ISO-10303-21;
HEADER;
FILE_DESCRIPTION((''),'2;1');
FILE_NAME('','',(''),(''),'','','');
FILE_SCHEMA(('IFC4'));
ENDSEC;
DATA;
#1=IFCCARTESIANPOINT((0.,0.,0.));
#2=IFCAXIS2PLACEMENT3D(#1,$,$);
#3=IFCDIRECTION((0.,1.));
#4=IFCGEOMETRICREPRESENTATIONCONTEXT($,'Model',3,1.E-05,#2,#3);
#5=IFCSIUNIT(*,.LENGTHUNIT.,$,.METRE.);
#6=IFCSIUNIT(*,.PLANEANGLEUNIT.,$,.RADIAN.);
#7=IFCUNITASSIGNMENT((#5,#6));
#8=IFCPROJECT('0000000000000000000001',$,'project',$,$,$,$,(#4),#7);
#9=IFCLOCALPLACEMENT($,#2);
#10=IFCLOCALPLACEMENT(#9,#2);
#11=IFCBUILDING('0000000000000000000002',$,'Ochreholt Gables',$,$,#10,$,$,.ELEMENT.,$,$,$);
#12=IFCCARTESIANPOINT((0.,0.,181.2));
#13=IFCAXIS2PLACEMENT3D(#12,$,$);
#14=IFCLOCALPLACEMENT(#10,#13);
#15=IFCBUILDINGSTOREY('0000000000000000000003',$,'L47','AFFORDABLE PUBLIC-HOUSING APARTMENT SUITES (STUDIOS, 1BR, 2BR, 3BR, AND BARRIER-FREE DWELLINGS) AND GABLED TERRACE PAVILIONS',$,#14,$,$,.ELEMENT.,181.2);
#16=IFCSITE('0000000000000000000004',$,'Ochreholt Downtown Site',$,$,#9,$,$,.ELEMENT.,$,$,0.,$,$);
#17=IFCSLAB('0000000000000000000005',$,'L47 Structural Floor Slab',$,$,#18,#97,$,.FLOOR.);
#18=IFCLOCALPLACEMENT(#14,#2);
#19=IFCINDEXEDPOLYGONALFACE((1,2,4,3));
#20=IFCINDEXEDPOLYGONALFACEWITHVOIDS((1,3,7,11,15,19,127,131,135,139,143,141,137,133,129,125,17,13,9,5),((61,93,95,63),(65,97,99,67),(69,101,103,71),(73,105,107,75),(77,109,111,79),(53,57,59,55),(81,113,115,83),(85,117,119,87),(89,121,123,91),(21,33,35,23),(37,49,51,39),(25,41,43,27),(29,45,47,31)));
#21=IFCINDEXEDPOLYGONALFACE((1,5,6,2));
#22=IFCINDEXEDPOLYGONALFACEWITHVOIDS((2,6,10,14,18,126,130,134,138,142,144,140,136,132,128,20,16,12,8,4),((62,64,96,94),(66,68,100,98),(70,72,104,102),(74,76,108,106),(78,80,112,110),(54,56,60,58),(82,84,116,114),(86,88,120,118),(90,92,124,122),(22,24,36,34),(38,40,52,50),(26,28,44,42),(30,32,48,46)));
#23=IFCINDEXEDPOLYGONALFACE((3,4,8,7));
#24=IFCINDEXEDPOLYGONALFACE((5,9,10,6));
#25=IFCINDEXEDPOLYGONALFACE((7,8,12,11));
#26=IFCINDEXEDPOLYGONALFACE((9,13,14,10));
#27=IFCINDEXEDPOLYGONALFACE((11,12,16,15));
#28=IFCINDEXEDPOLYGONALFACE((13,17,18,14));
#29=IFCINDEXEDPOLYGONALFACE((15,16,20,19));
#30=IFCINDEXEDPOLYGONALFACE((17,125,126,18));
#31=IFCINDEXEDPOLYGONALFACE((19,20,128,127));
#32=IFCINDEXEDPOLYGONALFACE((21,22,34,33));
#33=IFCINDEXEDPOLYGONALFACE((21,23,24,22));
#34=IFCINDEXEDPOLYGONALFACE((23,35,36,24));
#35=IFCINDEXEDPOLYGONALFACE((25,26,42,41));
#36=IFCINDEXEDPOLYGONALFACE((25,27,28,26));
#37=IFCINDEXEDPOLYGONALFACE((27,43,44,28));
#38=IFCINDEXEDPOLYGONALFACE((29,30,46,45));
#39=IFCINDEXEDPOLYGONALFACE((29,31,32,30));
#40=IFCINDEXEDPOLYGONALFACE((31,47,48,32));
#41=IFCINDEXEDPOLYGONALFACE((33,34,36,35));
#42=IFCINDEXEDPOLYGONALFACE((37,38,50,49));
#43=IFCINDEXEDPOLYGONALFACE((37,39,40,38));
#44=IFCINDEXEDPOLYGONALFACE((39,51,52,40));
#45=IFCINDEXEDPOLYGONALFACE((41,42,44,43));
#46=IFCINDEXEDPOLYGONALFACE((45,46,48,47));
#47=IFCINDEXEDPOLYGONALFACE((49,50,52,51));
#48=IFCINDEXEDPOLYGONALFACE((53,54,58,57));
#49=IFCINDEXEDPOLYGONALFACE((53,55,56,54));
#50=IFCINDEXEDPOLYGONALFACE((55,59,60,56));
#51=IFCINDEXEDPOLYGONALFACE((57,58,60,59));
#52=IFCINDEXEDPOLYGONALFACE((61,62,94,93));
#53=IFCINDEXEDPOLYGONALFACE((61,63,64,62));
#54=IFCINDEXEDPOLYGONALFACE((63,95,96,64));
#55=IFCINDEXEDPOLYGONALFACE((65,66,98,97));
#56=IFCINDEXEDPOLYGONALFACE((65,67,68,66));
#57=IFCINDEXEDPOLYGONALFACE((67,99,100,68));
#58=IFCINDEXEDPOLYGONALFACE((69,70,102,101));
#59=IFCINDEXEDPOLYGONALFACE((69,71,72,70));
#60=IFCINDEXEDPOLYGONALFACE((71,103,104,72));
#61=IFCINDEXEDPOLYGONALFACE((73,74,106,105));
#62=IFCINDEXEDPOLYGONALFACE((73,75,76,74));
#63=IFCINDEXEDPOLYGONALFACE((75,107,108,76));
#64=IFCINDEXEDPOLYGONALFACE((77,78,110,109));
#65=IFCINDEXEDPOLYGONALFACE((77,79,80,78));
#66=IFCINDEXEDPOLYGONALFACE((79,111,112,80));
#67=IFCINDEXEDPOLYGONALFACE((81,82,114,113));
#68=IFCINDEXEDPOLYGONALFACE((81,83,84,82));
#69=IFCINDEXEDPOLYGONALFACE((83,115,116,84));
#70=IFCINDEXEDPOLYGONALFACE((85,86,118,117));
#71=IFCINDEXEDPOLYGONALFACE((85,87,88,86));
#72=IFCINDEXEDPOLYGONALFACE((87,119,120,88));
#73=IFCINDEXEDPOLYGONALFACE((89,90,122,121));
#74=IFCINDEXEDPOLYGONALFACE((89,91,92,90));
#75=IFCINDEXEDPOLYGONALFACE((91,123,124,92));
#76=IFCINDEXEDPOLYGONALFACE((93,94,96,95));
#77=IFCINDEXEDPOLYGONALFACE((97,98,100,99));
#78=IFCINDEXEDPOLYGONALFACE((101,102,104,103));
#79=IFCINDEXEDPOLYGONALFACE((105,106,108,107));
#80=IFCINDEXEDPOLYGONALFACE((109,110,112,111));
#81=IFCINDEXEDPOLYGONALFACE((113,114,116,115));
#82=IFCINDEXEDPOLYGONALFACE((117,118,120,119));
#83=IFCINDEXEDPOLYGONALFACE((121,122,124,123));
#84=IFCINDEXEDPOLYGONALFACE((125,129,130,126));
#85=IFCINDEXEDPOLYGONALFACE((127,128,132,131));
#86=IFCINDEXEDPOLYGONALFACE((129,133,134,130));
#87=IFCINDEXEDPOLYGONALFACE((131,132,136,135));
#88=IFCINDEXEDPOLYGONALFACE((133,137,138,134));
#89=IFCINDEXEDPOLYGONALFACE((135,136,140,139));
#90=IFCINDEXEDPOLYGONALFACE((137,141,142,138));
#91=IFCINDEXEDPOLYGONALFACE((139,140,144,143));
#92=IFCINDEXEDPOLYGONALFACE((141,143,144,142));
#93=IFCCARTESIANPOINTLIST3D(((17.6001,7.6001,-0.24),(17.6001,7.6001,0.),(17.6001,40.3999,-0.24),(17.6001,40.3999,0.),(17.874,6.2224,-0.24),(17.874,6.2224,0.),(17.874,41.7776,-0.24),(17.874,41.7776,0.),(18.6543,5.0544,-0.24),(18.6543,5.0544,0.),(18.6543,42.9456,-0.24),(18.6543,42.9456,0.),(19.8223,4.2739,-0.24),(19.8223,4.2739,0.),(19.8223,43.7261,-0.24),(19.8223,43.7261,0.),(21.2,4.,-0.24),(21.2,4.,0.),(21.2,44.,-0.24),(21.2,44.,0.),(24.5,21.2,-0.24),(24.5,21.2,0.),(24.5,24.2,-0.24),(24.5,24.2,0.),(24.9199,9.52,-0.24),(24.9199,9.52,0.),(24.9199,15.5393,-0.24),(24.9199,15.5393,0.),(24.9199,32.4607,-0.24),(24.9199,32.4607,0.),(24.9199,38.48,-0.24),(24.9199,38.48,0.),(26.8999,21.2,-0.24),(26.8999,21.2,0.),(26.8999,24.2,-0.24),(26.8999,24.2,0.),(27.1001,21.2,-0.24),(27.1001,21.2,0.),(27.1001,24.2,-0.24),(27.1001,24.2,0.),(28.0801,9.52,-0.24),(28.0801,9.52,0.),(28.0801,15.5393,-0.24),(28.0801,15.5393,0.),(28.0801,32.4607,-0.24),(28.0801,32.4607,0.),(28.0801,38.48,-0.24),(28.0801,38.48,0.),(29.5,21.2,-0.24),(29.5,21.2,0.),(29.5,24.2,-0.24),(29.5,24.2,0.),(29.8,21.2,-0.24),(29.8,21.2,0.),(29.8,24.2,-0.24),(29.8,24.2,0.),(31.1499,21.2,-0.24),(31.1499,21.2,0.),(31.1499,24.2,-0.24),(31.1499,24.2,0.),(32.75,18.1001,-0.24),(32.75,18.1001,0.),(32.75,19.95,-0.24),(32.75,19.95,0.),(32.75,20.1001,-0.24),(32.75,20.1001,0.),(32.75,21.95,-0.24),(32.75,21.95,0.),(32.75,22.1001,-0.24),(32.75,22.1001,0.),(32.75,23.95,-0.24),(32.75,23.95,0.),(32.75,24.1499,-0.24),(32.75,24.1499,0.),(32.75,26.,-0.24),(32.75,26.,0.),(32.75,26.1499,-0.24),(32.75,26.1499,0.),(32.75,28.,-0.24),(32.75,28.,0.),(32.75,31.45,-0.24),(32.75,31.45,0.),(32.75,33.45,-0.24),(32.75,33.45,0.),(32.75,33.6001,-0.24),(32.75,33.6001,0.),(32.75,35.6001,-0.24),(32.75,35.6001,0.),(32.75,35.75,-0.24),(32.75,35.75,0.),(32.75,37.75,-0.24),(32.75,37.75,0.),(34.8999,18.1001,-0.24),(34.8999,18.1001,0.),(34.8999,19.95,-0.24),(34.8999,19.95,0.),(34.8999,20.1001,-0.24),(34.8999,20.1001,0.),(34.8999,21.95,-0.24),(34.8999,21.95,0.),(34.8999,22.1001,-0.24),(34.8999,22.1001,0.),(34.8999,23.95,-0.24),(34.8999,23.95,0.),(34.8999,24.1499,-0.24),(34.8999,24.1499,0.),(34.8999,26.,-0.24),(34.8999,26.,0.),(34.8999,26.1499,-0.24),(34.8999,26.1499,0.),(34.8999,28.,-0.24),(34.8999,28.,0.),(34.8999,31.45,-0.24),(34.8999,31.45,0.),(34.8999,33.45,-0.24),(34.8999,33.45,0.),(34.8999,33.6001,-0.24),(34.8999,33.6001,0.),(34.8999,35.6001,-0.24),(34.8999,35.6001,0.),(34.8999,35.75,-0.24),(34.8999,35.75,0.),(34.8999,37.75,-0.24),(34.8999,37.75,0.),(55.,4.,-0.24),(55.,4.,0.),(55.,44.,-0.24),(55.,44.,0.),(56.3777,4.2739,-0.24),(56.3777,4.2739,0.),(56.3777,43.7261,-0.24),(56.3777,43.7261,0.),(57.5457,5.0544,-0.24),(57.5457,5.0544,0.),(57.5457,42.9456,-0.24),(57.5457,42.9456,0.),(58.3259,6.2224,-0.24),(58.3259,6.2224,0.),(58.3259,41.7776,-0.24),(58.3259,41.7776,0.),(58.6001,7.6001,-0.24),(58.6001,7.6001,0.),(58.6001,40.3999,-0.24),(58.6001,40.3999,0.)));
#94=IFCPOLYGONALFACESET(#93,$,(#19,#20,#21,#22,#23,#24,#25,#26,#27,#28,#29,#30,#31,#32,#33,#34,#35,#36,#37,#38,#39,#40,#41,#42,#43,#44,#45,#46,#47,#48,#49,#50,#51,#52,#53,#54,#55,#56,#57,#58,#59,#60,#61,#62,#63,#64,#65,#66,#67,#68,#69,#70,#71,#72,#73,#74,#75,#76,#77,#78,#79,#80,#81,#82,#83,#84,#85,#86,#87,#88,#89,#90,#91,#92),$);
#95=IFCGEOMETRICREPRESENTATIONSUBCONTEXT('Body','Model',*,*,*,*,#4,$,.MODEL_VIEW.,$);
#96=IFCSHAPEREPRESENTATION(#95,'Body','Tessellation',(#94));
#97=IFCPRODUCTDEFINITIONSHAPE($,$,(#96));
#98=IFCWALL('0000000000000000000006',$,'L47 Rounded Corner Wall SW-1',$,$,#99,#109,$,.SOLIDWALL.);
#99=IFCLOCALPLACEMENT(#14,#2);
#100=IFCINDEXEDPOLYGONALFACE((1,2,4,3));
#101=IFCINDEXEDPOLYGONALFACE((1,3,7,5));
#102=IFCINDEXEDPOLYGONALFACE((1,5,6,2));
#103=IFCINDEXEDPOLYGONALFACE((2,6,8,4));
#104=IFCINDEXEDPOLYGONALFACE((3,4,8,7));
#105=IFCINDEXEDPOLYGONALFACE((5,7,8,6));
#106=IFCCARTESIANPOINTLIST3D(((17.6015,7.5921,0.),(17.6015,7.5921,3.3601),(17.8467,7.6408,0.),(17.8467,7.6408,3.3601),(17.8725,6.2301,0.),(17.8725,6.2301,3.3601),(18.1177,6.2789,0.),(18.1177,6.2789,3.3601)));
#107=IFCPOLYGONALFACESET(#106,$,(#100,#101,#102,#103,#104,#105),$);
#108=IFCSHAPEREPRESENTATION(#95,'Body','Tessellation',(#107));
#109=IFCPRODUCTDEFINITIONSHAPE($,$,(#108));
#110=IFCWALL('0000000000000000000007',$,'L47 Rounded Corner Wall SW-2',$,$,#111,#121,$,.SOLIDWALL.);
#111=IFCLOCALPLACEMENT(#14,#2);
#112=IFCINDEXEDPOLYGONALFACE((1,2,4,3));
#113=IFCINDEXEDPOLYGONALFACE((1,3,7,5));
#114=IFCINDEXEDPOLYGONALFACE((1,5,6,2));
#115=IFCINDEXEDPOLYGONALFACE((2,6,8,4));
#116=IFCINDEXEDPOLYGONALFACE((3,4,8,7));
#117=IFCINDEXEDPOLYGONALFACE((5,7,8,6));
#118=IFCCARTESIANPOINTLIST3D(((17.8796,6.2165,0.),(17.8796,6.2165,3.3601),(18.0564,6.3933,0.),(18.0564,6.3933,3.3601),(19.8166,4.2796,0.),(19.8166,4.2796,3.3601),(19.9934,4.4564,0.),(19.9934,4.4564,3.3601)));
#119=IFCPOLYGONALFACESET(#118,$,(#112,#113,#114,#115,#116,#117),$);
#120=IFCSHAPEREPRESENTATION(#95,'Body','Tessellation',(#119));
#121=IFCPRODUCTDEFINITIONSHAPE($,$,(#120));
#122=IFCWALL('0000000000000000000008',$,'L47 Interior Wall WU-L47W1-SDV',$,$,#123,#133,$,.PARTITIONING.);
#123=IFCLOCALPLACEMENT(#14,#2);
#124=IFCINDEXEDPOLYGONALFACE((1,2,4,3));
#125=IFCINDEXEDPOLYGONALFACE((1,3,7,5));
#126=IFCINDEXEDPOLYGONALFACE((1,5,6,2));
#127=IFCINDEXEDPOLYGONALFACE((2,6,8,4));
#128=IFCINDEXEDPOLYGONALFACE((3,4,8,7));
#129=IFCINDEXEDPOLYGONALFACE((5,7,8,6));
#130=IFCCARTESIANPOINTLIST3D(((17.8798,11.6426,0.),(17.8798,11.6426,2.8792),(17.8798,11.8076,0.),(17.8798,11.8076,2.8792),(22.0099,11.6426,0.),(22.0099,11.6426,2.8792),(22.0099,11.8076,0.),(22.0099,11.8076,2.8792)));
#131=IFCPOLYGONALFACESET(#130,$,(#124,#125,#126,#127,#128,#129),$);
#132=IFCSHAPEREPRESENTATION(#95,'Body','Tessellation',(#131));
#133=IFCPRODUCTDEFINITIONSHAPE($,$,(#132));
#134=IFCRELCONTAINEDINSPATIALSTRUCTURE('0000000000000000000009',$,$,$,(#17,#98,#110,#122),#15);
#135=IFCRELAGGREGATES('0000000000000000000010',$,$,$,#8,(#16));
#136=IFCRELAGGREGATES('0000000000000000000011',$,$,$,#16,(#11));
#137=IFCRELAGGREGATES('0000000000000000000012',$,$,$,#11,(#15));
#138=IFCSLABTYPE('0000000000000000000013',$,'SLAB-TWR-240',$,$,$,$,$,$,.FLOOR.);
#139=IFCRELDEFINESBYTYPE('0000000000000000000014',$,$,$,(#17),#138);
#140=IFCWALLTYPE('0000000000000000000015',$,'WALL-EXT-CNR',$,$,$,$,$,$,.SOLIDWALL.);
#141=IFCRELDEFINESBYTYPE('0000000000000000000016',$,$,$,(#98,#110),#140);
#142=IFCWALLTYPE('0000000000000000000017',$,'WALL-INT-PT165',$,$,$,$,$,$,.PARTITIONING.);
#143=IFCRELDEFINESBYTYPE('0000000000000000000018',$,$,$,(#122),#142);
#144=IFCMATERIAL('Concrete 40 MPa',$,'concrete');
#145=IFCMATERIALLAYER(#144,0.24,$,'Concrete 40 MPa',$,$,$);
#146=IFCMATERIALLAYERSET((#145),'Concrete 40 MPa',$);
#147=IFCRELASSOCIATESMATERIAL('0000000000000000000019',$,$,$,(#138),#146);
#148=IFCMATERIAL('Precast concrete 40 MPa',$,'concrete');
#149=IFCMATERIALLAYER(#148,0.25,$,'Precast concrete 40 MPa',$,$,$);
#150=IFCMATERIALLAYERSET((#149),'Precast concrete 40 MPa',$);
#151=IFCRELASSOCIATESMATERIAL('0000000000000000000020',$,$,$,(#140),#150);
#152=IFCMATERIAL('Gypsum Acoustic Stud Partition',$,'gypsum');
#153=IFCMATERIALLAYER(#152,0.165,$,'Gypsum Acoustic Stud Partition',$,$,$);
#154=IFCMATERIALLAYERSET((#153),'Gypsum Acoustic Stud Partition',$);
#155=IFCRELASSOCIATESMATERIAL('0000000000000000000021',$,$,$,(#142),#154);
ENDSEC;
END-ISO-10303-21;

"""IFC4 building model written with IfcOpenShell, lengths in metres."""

from ifc_helpers import new_model, si_unit, direction, frame, frame_2d, origin, place, context, subcontext, project, spatial, polyline, rectangle, outline, extrude, material, layer, layer_set, type_object, element, save


model = new_model("IFC4")

# Units and contexts
model_context = context("Model", 3, precision=1e-05, world=origin(), true_north=direction((0.0, 1.0)))
body_context = subcontext(model_context, "Body", "Model", "MODEL_VIEW")
ifc_project = project(units=[si_unit("LENGTHUNIT", "METRE"), si_unit("PLANEANGLEUNIT", "RADIAN")], contexts=[model_context])

# Site, building, storey
site_placement = place(None, origin())
site = spatial("IfcSite", under=ifc_project, at=site_placement, Name="Ochreholt Downtown Site", CompositionType="ELEMENT", RefElevation=0.0)
building_placement = place(site_placement, origin())
building = spatial("IfcBuilding", under=site, at=building_placement, Name="Ochreholt Gables", CompositionType="ELEMENT")
storey_placement = place(building_placement, frame((0.0, 0.0, 181.2)))
storey = spatial("IfcBuildingStorey", under=building, at=storey_placement, Name="L47", Description="AFFORDABLE PUBLIC-HOUSING APARTMENT SUITES (STUDIOS, 1BR, 2BR, 3BR, AND BARRIER-FREE DWELLINGS) AND GABLED TERRACE PAVILIONS", CompositionType="ELEMENT", Elevation=181.2)

# Shared definitions
ifc_material_1 = material(Name="Concrete 40 MPa", Category="concrete")

# Slab
ifc_layer_1 = layer(ifc_material_1, 0.24, Name="Concrete 40 MPa")
ifc_layer_set_1 = layer_set([ifc_layer_1], Name="Concrete 40 MPa")
slab_type_1 = type_object("IfcSlabType", Name="SLAB-TWR-240", PredefinedType="FLOOR", material=ifc_layer_set_1)
slab_1_placement = place(storey_placement, frame((0.0, 0.0, -0.24)))
element("IfcSlab", 1, at=slab_1_placement, inside=storey, type_object=slab_type_1, Name="L47 Structural Floor Slab", PredefinedType="FLOOR", context=body_context, shape_type="SweptSolid", body=[
    extrude(outline(polyline([(17.6001, 7.6001), (17.874, 6.2224), (18.6543, 5.0544), (19.8223, 4.2739), (21.2, 4.0), (55.0, 4.0), (56.3777, 4.2739), (57.5457, 5.0544), (58.3259, 6.2224), (58.6001, 7.6001), (58.6001, 40.3999), (58.3259, 41.7776), (57.5457, 42.9456), (56.3777, 43.7261), (55.0, 44.0), (21.2, 44.0), (19.8223, 43.7261), (18.6543, 42.9456), (17.874, 41.7776), (17.6001, 40.3999), (17.6001, 7.6001)]), holes=[polyline([(24.9199, 15.5393), (24.9199, 9.52), (28.0801, 9.52), (28.0801, 15.5393), (24.9199, 15.5393)]), polyline([(28.0801, 32.4607), (28.0801, 38.48), (24.9199, 38.48), (24.9199, 32.4607), (28.0801, 32.4607)]), polyline([(24.5, 21.2), (26.8999, 21.2), (26.8999, 24.2), (24.5, 24.2), (24.5, 21.2)]), polyline([(27.1001, 21.2), (29.5, 21.2), (29.5, 24.2), (27.1001, 24.2), (27.1001, 21.2)]), polyline([(32.75, 18.1001), (34.8999, 18.1001), (34.8999, 19.95), (32.75, 19.95), (32.75, 18.1001)]), polyline([(32.75, 20.1001), (34.8999, 20.1001), (34.8999, 21.95), (32.75, 21.95), (32.75, 20.1001)]), polyline([(32.75, 22.1001), (34.8999, 22.1001), (34.8999, 23.95), (32.75, 23.95), (32.75, 22.1001)]), polyline([(32.75, 24.1499), (34.8999, 24.1499), (34.8999, 26.0), (32.75, 26.0), (32.75, 24.1499)]), polyline([(32.75, 26.1499), (34.8999, 26.1499), (34.8999, 28.0), (32.75, 28.0), (32.75, 26.1499)]), polyline([(32.75, 31.45), (34.8999, 31.45), (34.8999, 33.45), (32.75, 33.45), (32.75, 31.45)]), polyline([(32.75, 33.6001), (34.8999, 33.6001), (34.8999, 35.6001), (32.75, 35.6001), (32.75, 33.6001)]), polyline([(32.75, 35.75), (34.8999, 35.75), (34.8999, 37.75), (32.75, 37.75), (32.75, 35.75)]), polyline([(29.8, 21.2), (31.1499, 21.2), (31.1499, 24.2), (29.8, 24.2), (29.8, 21.2)])]), origin(), (0.0, 0.0, 1.0), 0.24),
])

# Walls
ifc_material_2 = material(Name="Precast concrete 40 MPa", Category="concrete")
ifc_layer_2 = layer(ifc_material_2, 0.25, Name="Precast concrete 40 MPa")
ifc_layer_set_2 = layer_set([ifc_layer_2], Name="Precast concrete 40 MPa")
wall_type_1 = type_object("IfcWallType", Name="WALL-EXT-CNR", PredefinedType="SOLIDWALL", material=ifc_layer_set_2)
wall_1_placement = place(storey_placement, frame((17.7241, 7.6165, 0.0), z_axis=(0.0, 0.0, 1.0), x_axis=(0.195136, -0.980776, 0.0)))
element("IfcWall", 2, at=wall_1_placement, inside=storey, type_object=wall_type_1, Name="L47 Rounded Corner Wall SW-1", PredefinedType="SOLIDWALL", context=body_context, shape_type="SweptSolid", body=[
    extrude(rectangle(XDim=1.3887, YDim=0.25, at=frame_2d((0.6943, 0.0))), origin(), (0.0, 0.0, 1.0), 3.3601),
])
wall_2_placement = place(storey_placement, frame((17.968, 6.3049, 0.0), z_axis=(0.0, 0.0, 1.0), x_axis=(0.707107, -0.707107, 0.0)))
element("IfcWall", 3, at=wall_2_placement, inside=storey, type_object=wall_type_1, Name="L47 Rounded Corner Wall SW-2", PredefinedType="SOLIDWALL", context=body_context, shape_type="SweptSolid", body=[
    extrude(rectangle(XDim=2.7393, YDim=0.25, at=frame_2d((1.3696, 0.0))), origin(), (0.0, 0.0, 1.0), 3.3601),
])
ifc_material_3 = material(Name="Gypsum Acoustic Stud Partition", Category="gypsum")
ifc_layer_3 = layer(ifc_material_3, 0.165, Name="Gypsum Acoustic Stud Partition")
ifc_layer_set_3 = layer_set([ifc_layer_3], Name="Gypsum Acoustic Stud Partition")
wall_type_2 = type_object("IfcWallType", Name="WALL-INT-PT165", PredefinedType="PARTITIONING", material=ifc_layer_set_3)
wall_3_placement = place(storey_placement, frame((17.8799, 11.7251, 0.0), z_axis=(0.0, 0.0, 1.0), x_axis=(1.0, 0.0, 0.0)))
element("IfcWall", 4, at=wall_3_placement, inside=storey, type_object=wall_type_2, Name="L47 Interior Wall WU-L47W1-SDV", PredefinedType="PARTITIONING", context=body_context, shape_type="SweptSolid", body=[
    extrude(rectangle(XDim=4.1301, YDim=0.165, at=frame_2d((2.0649, 0.0))), origin(), (0.0, 0.0, 1.0), 2.8792),
])

save(model, "model.ifc")
